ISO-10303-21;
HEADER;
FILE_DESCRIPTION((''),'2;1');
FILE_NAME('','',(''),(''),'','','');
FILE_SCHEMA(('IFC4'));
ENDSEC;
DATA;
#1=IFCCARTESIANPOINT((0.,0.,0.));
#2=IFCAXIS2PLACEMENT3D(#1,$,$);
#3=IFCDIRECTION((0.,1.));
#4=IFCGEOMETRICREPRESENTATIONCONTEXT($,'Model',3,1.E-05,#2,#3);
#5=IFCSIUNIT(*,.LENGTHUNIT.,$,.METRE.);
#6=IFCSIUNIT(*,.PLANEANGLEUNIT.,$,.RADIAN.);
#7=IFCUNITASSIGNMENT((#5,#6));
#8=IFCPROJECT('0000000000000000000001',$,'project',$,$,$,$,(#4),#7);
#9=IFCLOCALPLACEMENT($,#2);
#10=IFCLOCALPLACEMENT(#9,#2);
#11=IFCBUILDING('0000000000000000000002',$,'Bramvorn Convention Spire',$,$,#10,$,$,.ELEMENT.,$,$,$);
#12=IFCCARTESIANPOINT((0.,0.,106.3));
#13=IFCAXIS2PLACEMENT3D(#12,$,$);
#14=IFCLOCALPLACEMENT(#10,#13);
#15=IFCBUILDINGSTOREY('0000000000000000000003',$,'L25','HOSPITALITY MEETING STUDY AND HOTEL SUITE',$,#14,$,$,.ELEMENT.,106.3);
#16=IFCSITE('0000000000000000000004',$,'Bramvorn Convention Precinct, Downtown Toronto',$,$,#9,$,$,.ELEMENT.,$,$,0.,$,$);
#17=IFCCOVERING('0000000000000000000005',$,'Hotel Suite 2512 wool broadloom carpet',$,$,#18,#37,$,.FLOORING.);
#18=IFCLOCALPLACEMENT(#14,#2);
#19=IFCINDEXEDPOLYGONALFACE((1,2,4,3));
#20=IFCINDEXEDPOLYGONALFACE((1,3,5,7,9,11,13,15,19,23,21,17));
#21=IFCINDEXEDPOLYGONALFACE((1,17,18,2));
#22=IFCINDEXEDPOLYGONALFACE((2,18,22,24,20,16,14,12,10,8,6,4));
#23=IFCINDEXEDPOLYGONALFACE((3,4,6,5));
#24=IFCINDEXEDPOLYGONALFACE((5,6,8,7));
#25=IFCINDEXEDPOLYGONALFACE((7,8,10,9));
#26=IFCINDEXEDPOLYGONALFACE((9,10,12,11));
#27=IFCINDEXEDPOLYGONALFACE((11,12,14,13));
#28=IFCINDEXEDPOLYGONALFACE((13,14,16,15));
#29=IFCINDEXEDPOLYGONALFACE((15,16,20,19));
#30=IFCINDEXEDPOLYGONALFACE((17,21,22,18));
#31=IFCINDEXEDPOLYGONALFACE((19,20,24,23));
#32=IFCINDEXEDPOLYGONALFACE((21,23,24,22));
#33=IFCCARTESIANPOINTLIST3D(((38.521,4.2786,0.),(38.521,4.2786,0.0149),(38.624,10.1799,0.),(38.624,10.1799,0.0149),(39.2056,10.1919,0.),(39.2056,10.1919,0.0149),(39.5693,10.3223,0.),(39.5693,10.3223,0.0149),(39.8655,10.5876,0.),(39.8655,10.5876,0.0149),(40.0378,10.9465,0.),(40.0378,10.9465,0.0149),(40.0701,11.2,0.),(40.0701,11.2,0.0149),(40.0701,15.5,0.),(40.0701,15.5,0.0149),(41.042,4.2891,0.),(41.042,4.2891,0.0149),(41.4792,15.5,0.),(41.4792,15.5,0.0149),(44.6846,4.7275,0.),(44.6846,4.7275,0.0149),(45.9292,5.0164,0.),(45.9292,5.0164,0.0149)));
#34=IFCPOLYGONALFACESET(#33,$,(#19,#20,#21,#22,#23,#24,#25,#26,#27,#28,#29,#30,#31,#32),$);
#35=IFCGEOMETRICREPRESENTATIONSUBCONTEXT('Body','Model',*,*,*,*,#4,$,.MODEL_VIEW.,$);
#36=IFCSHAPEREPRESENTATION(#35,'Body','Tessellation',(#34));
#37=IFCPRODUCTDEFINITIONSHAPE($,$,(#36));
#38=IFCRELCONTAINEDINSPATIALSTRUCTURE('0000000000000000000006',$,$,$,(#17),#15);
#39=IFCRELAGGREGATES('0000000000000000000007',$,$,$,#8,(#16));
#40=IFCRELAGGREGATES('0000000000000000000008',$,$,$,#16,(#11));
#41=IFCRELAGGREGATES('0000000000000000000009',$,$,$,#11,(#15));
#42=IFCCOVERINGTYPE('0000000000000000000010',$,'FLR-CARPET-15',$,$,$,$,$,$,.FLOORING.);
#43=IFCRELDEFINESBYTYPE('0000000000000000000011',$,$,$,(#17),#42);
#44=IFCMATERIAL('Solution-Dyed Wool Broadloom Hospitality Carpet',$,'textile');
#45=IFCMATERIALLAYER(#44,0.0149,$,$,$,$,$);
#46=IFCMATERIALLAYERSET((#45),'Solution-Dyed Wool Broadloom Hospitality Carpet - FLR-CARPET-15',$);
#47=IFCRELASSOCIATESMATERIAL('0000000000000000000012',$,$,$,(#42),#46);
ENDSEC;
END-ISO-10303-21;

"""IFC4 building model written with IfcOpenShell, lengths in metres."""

from ifc_helpers import new_model, si_unit, direction, frame, origin, place, context, subcontext, project, spatial, polyline, outline, extrude, material, layer, layer_set, type_object, element, save


model = new_model("IFC4")

# Units and contexts
model_context = context("Model", 3, precision=1e-05, world=origin(), true_north=direction((0.0, 1.0)))
body_context = subcontext(model_context, "Body", "Model", "MODEL_VIEW")
ifc_project = project(units=[si_unit("LENGTHUNIT", "METRE"), si_unit("PLANEANGLEUNIT", "RADIAN")], contexts=[model_context])

# Site, building, storey
site_placement = place(None, origin())
site = spatial("IfcSite", under=ifc_project, at=site_placement, Name="Bramvorn Convention Precinct, Downtown Toronto", CompositionType="ELEMENT", RefElevation=0.0)
building_placement = place(site_placement, origin())
building = spatial("IfcBuilding", under=site, at=building_placement, Name="Bramvorn Convention Spire", CompositionType="ELEMENT")
storey_placement = place(building_placement, frame((0.0, 0.0, 106.3)))
storey = spatial("IfcBuildingStorey", under=building, at=storey_placement, Name="L25", Description="HOSPITALITY MEETING STUDY AND HOTEL SUITE", CompositionType="ELEMENT", Elevation=106.3)

# Covering
ifc_material_1 = material(Name="Solution-Dyed Wool Broadloom Hospitality Carpet", Category="textile")
ifc_layer_1 = layer(ifc_material_1, 0.0149)
ifc_layer_set_1 = layer_set([ifc_layer_1], Name="Solution-Dyed Wool Broadloom Hospitality Carpet - FLR-CARPET-15")
covering_type = type_object("IfcCoveringType", Name="FLR-CARPET-15", PredefinedType="FLOORING", material=ifc_layer_set_1)
covering_1_placement = place(storey_placement, origin())
element("IfcCovering", 1, at=covering_1_placement, inside=storey, type_object=covering_type, Name="Hotel Suite 2512 wool broadloom carpet", PredefinedType="FLOORING", context=body_context, shape_type="SweptSolid", body=[
    extrude(outline(polyline([(44.6846, 4.7275), (45.9292, 5.0164), (41.4792, 15.5), (40.0701, 15.5), (40.0701, 11.2), (40.0378, 10.9465), (39.8655, 10.5876), (39.5693, 10.3223), (39.2056, 10.1919), (38.624, 10.1799), (38.521, 4.2786), (41.042, 4.2891), (44.6846, 4.7275)])), origin(), (0.0, 0.0, 1.0), 0.0149),
])

save(model, "model.ifc")
